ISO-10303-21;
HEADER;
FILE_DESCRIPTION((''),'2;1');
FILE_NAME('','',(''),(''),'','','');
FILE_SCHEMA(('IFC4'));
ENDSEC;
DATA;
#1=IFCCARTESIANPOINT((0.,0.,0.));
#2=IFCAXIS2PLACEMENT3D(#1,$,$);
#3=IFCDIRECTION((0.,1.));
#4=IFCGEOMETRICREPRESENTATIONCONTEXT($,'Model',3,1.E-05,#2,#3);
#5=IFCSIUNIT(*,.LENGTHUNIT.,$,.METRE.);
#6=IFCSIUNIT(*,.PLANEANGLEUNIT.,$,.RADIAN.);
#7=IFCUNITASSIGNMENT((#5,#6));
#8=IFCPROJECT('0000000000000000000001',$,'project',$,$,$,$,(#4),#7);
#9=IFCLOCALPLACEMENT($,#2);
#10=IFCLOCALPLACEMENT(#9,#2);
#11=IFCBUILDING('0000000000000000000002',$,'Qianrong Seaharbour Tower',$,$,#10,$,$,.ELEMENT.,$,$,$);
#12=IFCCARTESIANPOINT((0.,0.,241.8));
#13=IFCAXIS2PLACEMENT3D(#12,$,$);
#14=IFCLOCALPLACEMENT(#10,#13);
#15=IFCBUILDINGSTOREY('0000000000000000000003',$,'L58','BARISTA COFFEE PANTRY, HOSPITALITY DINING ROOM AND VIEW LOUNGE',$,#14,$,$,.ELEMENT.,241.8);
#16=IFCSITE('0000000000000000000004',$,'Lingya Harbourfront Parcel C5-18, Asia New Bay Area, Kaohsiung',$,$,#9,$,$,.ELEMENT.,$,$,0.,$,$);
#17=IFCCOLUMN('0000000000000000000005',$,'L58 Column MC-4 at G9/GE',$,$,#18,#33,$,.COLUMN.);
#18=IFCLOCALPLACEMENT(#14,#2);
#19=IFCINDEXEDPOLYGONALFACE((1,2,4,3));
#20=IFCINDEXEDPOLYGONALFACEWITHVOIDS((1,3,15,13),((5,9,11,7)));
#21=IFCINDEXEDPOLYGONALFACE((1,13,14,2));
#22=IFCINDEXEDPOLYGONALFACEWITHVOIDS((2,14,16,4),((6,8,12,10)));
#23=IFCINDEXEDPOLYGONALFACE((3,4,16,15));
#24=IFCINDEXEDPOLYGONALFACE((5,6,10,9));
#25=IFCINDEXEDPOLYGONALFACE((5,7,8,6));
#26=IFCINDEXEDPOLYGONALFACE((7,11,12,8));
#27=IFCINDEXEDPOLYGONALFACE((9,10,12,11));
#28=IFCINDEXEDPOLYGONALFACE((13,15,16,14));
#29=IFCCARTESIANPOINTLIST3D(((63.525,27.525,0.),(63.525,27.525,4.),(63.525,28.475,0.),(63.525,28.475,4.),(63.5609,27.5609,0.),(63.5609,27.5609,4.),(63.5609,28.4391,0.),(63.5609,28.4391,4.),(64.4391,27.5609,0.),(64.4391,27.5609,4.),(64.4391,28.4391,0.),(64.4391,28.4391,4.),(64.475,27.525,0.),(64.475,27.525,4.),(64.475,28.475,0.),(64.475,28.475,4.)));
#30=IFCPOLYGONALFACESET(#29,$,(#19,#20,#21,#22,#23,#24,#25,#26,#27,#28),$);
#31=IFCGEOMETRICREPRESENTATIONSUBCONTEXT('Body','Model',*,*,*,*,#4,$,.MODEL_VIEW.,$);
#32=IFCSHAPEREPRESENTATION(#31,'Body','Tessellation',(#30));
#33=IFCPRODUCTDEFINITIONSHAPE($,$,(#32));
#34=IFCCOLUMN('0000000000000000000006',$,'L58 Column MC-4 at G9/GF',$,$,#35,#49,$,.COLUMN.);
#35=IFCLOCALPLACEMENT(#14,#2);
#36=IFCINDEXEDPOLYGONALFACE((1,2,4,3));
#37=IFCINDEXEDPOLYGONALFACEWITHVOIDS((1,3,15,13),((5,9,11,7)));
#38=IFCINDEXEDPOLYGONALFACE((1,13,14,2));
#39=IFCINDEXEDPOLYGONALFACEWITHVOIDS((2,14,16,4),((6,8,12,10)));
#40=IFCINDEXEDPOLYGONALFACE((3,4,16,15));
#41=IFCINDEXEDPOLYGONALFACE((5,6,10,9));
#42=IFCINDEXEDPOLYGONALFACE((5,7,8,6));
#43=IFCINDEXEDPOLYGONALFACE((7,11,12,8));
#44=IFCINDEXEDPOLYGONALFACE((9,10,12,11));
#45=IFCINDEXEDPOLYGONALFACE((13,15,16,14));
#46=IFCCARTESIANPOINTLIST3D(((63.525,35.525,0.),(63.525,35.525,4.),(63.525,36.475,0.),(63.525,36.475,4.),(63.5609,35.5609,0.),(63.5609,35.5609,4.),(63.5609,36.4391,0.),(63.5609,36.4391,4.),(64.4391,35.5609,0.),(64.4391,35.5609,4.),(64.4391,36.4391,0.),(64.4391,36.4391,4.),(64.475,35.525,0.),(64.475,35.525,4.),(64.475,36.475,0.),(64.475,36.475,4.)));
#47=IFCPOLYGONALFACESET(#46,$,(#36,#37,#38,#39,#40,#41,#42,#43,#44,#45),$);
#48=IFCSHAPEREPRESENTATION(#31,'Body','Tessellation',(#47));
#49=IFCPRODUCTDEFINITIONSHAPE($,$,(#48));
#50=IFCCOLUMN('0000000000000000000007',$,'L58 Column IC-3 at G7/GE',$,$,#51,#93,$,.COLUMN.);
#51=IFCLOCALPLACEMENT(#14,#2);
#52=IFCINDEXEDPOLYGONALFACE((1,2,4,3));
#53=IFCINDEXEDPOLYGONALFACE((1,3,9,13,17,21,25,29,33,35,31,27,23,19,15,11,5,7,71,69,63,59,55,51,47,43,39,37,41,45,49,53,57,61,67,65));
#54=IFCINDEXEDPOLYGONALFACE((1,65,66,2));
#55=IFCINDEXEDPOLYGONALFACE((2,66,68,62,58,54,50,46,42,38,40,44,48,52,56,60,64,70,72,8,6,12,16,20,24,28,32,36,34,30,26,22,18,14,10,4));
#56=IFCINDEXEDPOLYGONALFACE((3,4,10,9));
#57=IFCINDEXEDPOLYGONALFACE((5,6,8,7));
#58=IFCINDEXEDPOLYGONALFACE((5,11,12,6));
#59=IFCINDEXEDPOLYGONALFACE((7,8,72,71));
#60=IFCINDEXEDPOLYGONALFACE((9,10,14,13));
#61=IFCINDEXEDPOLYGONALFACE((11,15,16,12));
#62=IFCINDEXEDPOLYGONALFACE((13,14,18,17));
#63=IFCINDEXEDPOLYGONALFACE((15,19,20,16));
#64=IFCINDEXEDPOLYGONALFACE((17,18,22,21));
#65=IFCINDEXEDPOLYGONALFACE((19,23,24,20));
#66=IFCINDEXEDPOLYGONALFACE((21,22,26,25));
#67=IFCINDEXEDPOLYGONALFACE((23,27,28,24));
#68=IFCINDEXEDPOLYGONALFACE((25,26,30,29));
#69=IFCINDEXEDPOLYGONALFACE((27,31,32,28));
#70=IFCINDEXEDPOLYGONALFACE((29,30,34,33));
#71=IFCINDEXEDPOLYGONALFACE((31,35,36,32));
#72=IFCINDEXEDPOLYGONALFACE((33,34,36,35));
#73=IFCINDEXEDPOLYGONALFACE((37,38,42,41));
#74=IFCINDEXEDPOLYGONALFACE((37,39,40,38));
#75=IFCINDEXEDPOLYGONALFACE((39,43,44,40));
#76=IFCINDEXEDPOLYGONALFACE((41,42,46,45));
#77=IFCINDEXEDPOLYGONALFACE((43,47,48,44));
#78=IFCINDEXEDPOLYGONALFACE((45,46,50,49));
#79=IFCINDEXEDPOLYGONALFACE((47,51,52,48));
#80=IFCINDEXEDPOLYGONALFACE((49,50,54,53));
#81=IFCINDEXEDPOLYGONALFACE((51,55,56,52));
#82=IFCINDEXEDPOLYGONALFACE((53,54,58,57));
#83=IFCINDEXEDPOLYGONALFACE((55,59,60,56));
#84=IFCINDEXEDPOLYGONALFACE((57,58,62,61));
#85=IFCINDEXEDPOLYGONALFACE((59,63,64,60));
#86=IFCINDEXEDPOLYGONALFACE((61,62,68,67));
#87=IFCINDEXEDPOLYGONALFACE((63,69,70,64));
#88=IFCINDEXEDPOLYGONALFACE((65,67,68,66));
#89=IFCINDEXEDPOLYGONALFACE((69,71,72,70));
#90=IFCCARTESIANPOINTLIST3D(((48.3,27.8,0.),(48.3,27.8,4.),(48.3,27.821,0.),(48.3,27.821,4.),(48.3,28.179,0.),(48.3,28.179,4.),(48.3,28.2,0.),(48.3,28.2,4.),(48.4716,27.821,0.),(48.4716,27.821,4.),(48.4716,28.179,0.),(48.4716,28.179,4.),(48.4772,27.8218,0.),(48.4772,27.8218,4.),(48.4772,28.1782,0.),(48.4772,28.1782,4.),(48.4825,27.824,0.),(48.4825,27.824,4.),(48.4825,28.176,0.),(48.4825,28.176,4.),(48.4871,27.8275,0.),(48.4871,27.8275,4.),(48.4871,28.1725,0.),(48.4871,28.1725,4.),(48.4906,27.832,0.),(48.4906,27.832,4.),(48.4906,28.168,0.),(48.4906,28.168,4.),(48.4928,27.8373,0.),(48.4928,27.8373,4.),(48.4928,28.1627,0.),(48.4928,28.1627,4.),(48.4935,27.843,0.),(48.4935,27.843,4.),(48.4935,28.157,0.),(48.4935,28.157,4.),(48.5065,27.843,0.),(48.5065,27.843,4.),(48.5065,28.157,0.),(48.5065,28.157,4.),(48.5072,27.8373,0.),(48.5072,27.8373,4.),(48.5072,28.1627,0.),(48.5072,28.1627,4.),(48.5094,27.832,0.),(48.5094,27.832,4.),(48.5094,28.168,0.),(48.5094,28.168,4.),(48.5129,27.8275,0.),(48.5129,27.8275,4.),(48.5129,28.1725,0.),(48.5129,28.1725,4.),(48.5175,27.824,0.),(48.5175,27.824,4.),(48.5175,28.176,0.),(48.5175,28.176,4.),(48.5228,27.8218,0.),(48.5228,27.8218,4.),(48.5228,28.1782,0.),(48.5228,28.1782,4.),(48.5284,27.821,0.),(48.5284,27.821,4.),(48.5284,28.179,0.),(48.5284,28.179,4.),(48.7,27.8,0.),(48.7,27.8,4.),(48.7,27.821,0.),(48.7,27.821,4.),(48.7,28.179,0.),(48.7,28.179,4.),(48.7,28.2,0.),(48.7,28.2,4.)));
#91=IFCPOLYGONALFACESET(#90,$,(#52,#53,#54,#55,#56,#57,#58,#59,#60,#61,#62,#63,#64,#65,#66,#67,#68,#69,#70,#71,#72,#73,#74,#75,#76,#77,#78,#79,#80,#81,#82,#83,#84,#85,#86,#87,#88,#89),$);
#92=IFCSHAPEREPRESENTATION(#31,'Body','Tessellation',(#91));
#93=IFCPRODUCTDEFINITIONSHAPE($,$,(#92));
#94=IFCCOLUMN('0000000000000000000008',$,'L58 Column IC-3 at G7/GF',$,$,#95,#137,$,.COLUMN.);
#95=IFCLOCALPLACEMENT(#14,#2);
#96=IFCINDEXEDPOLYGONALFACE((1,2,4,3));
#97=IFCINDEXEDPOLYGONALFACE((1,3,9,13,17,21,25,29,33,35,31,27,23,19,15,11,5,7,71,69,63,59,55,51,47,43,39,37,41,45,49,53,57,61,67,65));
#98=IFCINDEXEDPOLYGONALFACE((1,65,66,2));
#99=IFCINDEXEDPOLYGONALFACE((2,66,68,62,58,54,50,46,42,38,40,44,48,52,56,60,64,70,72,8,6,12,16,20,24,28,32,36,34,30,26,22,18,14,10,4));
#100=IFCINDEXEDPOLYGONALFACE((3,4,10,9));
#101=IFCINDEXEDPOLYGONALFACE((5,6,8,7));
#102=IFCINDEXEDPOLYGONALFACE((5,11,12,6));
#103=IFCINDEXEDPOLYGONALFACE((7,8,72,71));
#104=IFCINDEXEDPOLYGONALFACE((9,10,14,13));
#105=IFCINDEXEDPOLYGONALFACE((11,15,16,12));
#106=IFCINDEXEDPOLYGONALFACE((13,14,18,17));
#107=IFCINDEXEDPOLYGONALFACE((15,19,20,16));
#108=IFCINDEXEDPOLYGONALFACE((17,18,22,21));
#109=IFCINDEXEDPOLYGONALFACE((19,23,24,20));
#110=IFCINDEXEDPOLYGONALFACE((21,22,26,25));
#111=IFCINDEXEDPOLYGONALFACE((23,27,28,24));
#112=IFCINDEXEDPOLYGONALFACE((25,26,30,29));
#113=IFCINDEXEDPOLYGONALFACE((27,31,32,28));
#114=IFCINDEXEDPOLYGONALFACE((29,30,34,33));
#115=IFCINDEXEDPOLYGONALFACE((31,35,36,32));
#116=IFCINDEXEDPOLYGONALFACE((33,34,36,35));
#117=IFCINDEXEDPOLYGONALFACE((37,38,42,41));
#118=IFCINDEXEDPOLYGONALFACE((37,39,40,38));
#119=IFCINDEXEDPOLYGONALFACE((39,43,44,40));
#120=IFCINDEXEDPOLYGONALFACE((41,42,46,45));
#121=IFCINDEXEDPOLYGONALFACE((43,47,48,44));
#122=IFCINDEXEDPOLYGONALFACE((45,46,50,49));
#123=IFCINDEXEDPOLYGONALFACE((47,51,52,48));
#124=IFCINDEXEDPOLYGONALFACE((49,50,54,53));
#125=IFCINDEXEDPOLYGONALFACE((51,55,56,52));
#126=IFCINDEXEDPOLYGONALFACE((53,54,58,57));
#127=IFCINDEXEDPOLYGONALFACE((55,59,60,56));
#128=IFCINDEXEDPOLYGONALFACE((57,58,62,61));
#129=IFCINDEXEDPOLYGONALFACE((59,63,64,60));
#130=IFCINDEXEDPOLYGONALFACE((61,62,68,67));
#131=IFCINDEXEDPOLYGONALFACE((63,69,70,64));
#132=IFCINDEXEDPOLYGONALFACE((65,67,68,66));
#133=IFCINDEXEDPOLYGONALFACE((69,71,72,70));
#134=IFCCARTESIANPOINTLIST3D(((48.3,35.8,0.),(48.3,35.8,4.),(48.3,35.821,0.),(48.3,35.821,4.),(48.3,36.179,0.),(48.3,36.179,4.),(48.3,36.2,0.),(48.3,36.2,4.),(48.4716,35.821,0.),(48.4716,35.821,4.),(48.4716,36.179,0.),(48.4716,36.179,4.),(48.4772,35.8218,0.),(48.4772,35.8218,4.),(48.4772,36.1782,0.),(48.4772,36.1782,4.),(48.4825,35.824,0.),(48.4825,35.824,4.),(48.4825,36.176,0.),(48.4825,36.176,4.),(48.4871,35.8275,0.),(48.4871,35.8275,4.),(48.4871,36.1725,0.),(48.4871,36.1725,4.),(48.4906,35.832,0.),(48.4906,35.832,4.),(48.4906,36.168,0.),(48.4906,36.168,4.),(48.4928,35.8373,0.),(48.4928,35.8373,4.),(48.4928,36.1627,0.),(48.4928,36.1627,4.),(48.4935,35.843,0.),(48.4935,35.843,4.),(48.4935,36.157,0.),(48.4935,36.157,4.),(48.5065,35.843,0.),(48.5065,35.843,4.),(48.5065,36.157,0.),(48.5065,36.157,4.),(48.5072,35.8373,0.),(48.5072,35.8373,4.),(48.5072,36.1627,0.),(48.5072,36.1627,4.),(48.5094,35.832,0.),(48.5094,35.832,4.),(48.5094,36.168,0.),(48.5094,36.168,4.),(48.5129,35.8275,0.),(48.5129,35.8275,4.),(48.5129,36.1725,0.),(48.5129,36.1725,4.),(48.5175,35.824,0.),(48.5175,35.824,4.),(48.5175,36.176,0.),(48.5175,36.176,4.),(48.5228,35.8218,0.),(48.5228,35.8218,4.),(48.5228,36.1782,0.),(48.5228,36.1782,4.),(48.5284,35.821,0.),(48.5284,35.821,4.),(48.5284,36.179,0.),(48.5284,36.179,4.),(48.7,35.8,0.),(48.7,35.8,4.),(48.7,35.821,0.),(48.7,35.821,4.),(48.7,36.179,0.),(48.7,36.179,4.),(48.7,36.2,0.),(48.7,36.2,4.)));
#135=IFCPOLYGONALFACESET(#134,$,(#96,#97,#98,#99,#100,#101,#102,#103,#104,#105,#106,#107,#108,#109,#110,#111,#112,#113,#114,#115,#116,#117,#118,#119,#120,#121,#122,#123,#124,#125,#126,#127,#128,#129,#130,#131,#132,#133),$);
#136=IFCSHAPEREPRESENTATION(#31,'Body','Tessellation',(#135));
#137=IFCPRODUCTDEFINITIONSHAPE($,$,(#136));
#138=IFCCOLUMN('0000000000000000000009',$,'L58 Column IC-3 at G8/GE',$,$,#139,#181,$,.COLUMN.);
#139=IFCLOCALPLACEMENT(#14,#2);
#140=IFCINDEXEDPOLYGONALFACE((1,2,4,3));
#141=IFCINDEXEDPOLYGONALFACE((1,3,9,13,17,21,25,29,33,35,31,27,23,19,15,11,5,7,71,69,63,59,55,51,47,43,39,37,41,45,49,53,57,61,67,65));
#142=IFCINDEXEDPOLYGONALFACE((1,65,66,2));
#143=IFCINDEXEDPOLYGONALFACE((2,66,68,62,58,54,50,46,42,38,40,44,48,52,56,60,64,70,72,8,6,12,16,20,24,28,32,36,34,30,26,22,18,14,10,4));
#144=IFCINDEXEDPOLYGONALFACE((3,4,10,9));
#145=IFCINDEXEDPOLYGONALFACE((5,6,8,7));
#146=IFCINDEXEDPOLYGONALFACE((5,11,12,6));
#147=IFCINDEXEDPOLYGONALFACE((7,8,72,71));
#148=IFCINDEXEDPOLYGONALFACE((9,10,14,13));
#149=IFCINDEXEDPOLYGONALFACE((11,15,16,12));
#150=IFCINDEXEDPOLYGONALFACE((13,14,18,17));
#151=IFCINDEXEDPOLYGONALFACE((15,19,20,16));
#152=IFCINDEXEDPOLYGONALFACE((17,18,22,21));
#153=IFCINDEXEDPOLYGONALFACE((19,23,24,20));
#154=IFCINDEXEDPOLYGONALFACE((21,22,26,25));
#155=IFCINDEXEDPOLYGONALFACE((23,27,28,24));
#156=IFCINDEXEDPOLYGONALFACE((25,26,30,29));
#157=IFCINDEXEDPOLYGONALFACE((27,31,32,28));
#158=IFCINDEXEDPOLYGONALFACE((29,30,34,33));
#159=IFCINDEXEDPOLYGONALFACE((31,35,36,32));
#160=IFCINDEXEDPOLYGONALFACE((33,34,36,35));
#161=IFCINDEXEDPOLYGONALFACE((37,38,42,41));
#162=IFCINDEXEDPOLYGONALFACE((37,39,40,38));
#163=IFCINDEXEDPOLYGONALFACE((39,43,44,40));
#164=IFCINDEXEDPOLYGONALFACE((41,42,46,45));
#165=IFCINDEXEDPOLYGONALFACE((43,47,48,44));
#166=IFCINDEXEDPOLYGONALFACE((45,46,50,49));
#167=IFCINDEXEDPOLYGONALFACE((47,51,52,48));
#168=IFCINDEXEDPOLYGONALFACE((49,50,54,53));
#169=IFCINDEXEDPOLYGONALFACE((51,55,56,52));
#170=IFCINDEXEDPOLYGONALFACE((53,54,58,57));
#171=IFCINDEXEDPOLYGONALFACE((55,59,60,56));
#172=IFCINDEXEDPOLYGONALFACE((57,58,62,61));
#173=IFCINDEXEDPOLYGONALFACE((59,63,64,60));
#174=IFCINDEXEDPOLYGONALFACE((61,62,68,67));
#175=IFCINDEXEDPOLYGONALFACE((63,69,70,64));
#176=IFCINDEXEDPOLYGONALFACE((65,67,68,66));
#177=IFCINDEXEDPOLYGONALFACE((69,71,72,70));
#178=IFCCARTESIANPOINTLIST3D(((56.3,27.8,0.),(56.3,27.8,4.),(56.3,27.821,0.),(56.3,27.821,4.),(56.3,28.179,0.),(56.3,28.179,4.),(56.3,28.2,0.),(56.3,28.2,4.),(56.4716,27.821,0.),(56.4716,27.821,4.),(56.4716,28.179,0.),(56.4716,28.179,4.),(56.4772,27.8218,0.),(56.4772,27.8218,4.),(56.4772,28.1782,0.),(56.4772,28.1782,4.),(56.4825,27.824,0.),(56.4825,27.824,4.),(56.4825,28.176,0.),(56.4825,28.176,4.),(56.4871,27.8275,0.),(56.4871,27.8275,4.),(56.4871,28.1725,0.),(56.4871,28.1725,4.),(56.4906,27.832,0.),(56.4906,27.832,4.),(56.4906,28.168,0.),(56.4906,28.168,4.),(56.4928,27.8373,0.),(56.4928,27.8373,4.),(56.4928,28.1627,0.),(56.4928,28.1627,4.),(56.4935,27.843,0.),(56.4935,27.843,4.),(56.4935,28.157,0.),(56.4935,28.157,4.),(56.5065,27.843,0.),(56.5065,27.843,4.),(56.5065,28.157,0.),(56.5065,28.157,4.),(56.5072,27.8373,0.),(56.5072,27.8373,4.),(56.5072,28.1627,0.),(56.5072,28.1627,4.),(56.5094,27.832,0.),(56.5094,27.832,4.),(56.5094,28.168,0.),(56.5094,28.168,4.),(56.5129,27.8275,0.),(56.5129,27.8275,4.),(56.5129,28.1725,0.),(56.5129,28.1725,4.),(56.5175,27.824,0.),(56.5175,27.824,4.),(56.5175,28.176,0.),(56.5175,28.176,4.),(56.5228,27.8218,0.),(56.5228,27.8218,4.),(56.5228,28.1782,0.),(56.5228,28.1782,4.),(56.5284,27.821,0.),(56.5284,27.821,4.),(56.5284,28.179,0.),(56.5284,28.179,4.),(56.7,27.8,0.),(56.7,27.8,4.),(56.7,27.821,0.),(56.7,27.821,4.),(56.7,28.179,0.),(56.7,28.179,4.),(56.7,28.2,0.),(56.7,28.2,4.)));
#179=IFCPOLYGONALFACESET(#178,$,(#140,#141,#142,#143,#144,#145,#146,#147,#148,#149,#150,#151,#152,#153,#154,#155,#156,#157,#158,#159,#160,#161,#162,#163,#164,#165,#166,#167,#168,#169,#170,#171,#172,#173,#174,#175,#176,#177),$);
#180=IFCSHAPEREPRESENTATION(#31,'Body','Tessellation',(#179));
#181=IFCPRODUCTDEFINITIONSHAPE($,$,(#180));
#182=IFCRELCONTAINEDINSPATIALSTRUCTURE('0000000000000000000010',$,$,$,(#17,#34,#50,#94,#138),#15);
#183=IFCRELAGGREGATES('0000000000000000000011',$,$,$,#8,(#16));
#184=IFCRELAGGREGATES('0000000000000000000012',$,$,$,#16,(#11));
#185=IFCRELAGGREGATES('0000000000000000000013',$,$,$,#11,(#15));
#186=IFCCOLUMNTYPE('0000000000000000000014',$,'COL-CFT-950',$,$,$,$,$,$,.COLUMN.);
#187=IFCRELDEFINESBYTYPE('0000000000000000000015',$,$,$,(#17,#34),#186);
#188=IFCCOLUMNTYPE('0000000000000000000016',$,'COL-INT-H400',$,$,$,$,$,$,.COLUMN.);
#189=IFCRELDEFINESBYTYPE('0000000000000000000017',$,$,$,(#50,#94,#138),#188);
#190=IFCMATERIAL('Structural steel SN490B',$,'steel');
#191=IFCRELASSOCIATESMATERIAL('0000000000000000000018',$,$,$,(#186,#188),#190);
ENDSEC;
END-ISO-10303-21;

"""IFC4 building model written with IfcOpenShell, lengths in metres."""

from ifc_helpers import new_model, si_unit, direction, frame, origin, origin_2d, place, context, subcontext, project, spatial, hollow_rectangle, i_section, extrude, material, material_profile, profile_set, type_object, element, save


model = new_model("IFC4")

# Units and contexts
model_context = context("Model", 3, precision=1e-05, world=origin(), true_north=direction((0.0, 1.0)))
body_context = subcontext(model_context, "Body", "Model", "MODEL_VIEW")
ifc_project = project(units=[si_unit("LENGTHUNIT", "METRE"), si_unit("PLANEANGLEUNIT", "RADIAN")], contexts=[model_context])

# Site, building, storey
site_placement = place(None, origin())
site = spatial("IfcSite", under=ifc_project, at=site_placement, Name="Lingya Harbourfront Parcel C5-18, Asia New Bay Area, Kaohsiung", CompositionType="ELEMENT", RefElevation=0.0)
building_placement = place(site_placement, origin())
building = spatial("IfcBuilding", under=site, at=building_placement, Name="Qianrong Seaharbour Tower", CompositionType="ELEMENT")
storey_placement = place(building_placement, frame((0.0, 0.0, 241.8)))
storey = spatial("IfcBuildingStorey", under=building, at=storey_placement, Name="L58", Description="BARISTA COFFEE PANTRY, HOSPITALITY DINING ROOM AND VIEW LOUNGE", CompositionType="ELEMENT", Elevation=241.8)

# Columns
ifc_material_1 = material(Name="Structural steel SN490B", Category="steel")
ifc_material_profile_1 = material_profile(ifc_material_1, hollow_rectangle(XDim=0.95, YDim=0.95, WallThickness=0.0359, at=origin_2d()), Name="BOX950x950x36")
ifc_profile_set_1 = profile_set([ifc_material_profile_1], Name="Structural steel SN490B")
column_type_1 = type_object("IfcColumnType", Name="COL-CFT-950", PredefinedType="COLUMN", material=ifc_profile_set_1)
for number, where, z_axis, x_axis, name in (
    (1, (64.0, 28.0, 0.0), (0.0, 0.0, 1.0), (1.0, 0.0, 0.0), "L58 Column MC-4 at G9/GE"),
    (2, (64.0, 36.0, 0.0), (0.0, 0.0, 1.0), (1.0, 0.0, 0.0), "L58 Column MC-4 at G9/GF"),
):
    element("IfcColumn", number, at=place(storey_placement, frame(where, z_axis=z_axis, x_axis=x_axis)), inside=storey, type_object=column_type_1, Name=name, PredefinedType="COLUMN", context=body_context, shape_type="SweptSolid", body=[
        extrude(hollow_rectangle(XDim=0.95, YDim=0.95, WallThickness=0.0359, at=origin_2d()), origin(), (0.0, 0.0, 1.0), 4.0),
    ])
ifc_material_profile_2 = material_profile(ifc_material_1, i_section(OverallWidth=0.3999, OverallDepth=0.3999, WebThickness=0.0129, FlangeThickness=0.021, FilletRadius=0.022, at=origin_2d()), Name="H400x400x13x21")
ifc_profile_set_2 = profile_set([ifc_material_profile_2], Name="Structural steel SN490B")
column_type_2 = type_object("IfcColumnType", Name="COL-INT-H400", PredefinedType="COLUMN", material=ifc_profile_set_2)
for number, where, z_axis, x_axis, name in (
    (3, (48.5, 28.0, 0.0), (0.0, 0.0, 1.0), (1.0, 0.0, 0.0), "L58 Column IC-3 at G7/GE"),
    (4, (48.5, 36.0, 0.0), (0.0, 0.0, 1.0), (1.0, 0.0, 0.0), "L58 Column IC-3 at G7/GF"),
    (5, (56.5, 28.0, 0.0), (0.0, 0.0, 1.0), (1.0, 0.0, 0.0), "L58 Column IC-3 at G8/GE"),
):
    element("IfcColumn", number, at=place(storey_placement, frame(where, z_axis=z_axis, x_axis=x_axis)), inside=storey, type_object=column_type_2, Name=name, PredefinedType="COLUMN", context=body_context, shape_type="SweptSolid", body=[
        extrude(i_section(OverallWidth=0.3999, OverallDepth=0.3999, WebThickness=0.0129, FlangeThickness=0.021, FilletRadius=0.022, at=origin_2d()), origin(), (0.0, 0.0, 1.0), 4.0),
    ])

save(model, "model.ifc")
